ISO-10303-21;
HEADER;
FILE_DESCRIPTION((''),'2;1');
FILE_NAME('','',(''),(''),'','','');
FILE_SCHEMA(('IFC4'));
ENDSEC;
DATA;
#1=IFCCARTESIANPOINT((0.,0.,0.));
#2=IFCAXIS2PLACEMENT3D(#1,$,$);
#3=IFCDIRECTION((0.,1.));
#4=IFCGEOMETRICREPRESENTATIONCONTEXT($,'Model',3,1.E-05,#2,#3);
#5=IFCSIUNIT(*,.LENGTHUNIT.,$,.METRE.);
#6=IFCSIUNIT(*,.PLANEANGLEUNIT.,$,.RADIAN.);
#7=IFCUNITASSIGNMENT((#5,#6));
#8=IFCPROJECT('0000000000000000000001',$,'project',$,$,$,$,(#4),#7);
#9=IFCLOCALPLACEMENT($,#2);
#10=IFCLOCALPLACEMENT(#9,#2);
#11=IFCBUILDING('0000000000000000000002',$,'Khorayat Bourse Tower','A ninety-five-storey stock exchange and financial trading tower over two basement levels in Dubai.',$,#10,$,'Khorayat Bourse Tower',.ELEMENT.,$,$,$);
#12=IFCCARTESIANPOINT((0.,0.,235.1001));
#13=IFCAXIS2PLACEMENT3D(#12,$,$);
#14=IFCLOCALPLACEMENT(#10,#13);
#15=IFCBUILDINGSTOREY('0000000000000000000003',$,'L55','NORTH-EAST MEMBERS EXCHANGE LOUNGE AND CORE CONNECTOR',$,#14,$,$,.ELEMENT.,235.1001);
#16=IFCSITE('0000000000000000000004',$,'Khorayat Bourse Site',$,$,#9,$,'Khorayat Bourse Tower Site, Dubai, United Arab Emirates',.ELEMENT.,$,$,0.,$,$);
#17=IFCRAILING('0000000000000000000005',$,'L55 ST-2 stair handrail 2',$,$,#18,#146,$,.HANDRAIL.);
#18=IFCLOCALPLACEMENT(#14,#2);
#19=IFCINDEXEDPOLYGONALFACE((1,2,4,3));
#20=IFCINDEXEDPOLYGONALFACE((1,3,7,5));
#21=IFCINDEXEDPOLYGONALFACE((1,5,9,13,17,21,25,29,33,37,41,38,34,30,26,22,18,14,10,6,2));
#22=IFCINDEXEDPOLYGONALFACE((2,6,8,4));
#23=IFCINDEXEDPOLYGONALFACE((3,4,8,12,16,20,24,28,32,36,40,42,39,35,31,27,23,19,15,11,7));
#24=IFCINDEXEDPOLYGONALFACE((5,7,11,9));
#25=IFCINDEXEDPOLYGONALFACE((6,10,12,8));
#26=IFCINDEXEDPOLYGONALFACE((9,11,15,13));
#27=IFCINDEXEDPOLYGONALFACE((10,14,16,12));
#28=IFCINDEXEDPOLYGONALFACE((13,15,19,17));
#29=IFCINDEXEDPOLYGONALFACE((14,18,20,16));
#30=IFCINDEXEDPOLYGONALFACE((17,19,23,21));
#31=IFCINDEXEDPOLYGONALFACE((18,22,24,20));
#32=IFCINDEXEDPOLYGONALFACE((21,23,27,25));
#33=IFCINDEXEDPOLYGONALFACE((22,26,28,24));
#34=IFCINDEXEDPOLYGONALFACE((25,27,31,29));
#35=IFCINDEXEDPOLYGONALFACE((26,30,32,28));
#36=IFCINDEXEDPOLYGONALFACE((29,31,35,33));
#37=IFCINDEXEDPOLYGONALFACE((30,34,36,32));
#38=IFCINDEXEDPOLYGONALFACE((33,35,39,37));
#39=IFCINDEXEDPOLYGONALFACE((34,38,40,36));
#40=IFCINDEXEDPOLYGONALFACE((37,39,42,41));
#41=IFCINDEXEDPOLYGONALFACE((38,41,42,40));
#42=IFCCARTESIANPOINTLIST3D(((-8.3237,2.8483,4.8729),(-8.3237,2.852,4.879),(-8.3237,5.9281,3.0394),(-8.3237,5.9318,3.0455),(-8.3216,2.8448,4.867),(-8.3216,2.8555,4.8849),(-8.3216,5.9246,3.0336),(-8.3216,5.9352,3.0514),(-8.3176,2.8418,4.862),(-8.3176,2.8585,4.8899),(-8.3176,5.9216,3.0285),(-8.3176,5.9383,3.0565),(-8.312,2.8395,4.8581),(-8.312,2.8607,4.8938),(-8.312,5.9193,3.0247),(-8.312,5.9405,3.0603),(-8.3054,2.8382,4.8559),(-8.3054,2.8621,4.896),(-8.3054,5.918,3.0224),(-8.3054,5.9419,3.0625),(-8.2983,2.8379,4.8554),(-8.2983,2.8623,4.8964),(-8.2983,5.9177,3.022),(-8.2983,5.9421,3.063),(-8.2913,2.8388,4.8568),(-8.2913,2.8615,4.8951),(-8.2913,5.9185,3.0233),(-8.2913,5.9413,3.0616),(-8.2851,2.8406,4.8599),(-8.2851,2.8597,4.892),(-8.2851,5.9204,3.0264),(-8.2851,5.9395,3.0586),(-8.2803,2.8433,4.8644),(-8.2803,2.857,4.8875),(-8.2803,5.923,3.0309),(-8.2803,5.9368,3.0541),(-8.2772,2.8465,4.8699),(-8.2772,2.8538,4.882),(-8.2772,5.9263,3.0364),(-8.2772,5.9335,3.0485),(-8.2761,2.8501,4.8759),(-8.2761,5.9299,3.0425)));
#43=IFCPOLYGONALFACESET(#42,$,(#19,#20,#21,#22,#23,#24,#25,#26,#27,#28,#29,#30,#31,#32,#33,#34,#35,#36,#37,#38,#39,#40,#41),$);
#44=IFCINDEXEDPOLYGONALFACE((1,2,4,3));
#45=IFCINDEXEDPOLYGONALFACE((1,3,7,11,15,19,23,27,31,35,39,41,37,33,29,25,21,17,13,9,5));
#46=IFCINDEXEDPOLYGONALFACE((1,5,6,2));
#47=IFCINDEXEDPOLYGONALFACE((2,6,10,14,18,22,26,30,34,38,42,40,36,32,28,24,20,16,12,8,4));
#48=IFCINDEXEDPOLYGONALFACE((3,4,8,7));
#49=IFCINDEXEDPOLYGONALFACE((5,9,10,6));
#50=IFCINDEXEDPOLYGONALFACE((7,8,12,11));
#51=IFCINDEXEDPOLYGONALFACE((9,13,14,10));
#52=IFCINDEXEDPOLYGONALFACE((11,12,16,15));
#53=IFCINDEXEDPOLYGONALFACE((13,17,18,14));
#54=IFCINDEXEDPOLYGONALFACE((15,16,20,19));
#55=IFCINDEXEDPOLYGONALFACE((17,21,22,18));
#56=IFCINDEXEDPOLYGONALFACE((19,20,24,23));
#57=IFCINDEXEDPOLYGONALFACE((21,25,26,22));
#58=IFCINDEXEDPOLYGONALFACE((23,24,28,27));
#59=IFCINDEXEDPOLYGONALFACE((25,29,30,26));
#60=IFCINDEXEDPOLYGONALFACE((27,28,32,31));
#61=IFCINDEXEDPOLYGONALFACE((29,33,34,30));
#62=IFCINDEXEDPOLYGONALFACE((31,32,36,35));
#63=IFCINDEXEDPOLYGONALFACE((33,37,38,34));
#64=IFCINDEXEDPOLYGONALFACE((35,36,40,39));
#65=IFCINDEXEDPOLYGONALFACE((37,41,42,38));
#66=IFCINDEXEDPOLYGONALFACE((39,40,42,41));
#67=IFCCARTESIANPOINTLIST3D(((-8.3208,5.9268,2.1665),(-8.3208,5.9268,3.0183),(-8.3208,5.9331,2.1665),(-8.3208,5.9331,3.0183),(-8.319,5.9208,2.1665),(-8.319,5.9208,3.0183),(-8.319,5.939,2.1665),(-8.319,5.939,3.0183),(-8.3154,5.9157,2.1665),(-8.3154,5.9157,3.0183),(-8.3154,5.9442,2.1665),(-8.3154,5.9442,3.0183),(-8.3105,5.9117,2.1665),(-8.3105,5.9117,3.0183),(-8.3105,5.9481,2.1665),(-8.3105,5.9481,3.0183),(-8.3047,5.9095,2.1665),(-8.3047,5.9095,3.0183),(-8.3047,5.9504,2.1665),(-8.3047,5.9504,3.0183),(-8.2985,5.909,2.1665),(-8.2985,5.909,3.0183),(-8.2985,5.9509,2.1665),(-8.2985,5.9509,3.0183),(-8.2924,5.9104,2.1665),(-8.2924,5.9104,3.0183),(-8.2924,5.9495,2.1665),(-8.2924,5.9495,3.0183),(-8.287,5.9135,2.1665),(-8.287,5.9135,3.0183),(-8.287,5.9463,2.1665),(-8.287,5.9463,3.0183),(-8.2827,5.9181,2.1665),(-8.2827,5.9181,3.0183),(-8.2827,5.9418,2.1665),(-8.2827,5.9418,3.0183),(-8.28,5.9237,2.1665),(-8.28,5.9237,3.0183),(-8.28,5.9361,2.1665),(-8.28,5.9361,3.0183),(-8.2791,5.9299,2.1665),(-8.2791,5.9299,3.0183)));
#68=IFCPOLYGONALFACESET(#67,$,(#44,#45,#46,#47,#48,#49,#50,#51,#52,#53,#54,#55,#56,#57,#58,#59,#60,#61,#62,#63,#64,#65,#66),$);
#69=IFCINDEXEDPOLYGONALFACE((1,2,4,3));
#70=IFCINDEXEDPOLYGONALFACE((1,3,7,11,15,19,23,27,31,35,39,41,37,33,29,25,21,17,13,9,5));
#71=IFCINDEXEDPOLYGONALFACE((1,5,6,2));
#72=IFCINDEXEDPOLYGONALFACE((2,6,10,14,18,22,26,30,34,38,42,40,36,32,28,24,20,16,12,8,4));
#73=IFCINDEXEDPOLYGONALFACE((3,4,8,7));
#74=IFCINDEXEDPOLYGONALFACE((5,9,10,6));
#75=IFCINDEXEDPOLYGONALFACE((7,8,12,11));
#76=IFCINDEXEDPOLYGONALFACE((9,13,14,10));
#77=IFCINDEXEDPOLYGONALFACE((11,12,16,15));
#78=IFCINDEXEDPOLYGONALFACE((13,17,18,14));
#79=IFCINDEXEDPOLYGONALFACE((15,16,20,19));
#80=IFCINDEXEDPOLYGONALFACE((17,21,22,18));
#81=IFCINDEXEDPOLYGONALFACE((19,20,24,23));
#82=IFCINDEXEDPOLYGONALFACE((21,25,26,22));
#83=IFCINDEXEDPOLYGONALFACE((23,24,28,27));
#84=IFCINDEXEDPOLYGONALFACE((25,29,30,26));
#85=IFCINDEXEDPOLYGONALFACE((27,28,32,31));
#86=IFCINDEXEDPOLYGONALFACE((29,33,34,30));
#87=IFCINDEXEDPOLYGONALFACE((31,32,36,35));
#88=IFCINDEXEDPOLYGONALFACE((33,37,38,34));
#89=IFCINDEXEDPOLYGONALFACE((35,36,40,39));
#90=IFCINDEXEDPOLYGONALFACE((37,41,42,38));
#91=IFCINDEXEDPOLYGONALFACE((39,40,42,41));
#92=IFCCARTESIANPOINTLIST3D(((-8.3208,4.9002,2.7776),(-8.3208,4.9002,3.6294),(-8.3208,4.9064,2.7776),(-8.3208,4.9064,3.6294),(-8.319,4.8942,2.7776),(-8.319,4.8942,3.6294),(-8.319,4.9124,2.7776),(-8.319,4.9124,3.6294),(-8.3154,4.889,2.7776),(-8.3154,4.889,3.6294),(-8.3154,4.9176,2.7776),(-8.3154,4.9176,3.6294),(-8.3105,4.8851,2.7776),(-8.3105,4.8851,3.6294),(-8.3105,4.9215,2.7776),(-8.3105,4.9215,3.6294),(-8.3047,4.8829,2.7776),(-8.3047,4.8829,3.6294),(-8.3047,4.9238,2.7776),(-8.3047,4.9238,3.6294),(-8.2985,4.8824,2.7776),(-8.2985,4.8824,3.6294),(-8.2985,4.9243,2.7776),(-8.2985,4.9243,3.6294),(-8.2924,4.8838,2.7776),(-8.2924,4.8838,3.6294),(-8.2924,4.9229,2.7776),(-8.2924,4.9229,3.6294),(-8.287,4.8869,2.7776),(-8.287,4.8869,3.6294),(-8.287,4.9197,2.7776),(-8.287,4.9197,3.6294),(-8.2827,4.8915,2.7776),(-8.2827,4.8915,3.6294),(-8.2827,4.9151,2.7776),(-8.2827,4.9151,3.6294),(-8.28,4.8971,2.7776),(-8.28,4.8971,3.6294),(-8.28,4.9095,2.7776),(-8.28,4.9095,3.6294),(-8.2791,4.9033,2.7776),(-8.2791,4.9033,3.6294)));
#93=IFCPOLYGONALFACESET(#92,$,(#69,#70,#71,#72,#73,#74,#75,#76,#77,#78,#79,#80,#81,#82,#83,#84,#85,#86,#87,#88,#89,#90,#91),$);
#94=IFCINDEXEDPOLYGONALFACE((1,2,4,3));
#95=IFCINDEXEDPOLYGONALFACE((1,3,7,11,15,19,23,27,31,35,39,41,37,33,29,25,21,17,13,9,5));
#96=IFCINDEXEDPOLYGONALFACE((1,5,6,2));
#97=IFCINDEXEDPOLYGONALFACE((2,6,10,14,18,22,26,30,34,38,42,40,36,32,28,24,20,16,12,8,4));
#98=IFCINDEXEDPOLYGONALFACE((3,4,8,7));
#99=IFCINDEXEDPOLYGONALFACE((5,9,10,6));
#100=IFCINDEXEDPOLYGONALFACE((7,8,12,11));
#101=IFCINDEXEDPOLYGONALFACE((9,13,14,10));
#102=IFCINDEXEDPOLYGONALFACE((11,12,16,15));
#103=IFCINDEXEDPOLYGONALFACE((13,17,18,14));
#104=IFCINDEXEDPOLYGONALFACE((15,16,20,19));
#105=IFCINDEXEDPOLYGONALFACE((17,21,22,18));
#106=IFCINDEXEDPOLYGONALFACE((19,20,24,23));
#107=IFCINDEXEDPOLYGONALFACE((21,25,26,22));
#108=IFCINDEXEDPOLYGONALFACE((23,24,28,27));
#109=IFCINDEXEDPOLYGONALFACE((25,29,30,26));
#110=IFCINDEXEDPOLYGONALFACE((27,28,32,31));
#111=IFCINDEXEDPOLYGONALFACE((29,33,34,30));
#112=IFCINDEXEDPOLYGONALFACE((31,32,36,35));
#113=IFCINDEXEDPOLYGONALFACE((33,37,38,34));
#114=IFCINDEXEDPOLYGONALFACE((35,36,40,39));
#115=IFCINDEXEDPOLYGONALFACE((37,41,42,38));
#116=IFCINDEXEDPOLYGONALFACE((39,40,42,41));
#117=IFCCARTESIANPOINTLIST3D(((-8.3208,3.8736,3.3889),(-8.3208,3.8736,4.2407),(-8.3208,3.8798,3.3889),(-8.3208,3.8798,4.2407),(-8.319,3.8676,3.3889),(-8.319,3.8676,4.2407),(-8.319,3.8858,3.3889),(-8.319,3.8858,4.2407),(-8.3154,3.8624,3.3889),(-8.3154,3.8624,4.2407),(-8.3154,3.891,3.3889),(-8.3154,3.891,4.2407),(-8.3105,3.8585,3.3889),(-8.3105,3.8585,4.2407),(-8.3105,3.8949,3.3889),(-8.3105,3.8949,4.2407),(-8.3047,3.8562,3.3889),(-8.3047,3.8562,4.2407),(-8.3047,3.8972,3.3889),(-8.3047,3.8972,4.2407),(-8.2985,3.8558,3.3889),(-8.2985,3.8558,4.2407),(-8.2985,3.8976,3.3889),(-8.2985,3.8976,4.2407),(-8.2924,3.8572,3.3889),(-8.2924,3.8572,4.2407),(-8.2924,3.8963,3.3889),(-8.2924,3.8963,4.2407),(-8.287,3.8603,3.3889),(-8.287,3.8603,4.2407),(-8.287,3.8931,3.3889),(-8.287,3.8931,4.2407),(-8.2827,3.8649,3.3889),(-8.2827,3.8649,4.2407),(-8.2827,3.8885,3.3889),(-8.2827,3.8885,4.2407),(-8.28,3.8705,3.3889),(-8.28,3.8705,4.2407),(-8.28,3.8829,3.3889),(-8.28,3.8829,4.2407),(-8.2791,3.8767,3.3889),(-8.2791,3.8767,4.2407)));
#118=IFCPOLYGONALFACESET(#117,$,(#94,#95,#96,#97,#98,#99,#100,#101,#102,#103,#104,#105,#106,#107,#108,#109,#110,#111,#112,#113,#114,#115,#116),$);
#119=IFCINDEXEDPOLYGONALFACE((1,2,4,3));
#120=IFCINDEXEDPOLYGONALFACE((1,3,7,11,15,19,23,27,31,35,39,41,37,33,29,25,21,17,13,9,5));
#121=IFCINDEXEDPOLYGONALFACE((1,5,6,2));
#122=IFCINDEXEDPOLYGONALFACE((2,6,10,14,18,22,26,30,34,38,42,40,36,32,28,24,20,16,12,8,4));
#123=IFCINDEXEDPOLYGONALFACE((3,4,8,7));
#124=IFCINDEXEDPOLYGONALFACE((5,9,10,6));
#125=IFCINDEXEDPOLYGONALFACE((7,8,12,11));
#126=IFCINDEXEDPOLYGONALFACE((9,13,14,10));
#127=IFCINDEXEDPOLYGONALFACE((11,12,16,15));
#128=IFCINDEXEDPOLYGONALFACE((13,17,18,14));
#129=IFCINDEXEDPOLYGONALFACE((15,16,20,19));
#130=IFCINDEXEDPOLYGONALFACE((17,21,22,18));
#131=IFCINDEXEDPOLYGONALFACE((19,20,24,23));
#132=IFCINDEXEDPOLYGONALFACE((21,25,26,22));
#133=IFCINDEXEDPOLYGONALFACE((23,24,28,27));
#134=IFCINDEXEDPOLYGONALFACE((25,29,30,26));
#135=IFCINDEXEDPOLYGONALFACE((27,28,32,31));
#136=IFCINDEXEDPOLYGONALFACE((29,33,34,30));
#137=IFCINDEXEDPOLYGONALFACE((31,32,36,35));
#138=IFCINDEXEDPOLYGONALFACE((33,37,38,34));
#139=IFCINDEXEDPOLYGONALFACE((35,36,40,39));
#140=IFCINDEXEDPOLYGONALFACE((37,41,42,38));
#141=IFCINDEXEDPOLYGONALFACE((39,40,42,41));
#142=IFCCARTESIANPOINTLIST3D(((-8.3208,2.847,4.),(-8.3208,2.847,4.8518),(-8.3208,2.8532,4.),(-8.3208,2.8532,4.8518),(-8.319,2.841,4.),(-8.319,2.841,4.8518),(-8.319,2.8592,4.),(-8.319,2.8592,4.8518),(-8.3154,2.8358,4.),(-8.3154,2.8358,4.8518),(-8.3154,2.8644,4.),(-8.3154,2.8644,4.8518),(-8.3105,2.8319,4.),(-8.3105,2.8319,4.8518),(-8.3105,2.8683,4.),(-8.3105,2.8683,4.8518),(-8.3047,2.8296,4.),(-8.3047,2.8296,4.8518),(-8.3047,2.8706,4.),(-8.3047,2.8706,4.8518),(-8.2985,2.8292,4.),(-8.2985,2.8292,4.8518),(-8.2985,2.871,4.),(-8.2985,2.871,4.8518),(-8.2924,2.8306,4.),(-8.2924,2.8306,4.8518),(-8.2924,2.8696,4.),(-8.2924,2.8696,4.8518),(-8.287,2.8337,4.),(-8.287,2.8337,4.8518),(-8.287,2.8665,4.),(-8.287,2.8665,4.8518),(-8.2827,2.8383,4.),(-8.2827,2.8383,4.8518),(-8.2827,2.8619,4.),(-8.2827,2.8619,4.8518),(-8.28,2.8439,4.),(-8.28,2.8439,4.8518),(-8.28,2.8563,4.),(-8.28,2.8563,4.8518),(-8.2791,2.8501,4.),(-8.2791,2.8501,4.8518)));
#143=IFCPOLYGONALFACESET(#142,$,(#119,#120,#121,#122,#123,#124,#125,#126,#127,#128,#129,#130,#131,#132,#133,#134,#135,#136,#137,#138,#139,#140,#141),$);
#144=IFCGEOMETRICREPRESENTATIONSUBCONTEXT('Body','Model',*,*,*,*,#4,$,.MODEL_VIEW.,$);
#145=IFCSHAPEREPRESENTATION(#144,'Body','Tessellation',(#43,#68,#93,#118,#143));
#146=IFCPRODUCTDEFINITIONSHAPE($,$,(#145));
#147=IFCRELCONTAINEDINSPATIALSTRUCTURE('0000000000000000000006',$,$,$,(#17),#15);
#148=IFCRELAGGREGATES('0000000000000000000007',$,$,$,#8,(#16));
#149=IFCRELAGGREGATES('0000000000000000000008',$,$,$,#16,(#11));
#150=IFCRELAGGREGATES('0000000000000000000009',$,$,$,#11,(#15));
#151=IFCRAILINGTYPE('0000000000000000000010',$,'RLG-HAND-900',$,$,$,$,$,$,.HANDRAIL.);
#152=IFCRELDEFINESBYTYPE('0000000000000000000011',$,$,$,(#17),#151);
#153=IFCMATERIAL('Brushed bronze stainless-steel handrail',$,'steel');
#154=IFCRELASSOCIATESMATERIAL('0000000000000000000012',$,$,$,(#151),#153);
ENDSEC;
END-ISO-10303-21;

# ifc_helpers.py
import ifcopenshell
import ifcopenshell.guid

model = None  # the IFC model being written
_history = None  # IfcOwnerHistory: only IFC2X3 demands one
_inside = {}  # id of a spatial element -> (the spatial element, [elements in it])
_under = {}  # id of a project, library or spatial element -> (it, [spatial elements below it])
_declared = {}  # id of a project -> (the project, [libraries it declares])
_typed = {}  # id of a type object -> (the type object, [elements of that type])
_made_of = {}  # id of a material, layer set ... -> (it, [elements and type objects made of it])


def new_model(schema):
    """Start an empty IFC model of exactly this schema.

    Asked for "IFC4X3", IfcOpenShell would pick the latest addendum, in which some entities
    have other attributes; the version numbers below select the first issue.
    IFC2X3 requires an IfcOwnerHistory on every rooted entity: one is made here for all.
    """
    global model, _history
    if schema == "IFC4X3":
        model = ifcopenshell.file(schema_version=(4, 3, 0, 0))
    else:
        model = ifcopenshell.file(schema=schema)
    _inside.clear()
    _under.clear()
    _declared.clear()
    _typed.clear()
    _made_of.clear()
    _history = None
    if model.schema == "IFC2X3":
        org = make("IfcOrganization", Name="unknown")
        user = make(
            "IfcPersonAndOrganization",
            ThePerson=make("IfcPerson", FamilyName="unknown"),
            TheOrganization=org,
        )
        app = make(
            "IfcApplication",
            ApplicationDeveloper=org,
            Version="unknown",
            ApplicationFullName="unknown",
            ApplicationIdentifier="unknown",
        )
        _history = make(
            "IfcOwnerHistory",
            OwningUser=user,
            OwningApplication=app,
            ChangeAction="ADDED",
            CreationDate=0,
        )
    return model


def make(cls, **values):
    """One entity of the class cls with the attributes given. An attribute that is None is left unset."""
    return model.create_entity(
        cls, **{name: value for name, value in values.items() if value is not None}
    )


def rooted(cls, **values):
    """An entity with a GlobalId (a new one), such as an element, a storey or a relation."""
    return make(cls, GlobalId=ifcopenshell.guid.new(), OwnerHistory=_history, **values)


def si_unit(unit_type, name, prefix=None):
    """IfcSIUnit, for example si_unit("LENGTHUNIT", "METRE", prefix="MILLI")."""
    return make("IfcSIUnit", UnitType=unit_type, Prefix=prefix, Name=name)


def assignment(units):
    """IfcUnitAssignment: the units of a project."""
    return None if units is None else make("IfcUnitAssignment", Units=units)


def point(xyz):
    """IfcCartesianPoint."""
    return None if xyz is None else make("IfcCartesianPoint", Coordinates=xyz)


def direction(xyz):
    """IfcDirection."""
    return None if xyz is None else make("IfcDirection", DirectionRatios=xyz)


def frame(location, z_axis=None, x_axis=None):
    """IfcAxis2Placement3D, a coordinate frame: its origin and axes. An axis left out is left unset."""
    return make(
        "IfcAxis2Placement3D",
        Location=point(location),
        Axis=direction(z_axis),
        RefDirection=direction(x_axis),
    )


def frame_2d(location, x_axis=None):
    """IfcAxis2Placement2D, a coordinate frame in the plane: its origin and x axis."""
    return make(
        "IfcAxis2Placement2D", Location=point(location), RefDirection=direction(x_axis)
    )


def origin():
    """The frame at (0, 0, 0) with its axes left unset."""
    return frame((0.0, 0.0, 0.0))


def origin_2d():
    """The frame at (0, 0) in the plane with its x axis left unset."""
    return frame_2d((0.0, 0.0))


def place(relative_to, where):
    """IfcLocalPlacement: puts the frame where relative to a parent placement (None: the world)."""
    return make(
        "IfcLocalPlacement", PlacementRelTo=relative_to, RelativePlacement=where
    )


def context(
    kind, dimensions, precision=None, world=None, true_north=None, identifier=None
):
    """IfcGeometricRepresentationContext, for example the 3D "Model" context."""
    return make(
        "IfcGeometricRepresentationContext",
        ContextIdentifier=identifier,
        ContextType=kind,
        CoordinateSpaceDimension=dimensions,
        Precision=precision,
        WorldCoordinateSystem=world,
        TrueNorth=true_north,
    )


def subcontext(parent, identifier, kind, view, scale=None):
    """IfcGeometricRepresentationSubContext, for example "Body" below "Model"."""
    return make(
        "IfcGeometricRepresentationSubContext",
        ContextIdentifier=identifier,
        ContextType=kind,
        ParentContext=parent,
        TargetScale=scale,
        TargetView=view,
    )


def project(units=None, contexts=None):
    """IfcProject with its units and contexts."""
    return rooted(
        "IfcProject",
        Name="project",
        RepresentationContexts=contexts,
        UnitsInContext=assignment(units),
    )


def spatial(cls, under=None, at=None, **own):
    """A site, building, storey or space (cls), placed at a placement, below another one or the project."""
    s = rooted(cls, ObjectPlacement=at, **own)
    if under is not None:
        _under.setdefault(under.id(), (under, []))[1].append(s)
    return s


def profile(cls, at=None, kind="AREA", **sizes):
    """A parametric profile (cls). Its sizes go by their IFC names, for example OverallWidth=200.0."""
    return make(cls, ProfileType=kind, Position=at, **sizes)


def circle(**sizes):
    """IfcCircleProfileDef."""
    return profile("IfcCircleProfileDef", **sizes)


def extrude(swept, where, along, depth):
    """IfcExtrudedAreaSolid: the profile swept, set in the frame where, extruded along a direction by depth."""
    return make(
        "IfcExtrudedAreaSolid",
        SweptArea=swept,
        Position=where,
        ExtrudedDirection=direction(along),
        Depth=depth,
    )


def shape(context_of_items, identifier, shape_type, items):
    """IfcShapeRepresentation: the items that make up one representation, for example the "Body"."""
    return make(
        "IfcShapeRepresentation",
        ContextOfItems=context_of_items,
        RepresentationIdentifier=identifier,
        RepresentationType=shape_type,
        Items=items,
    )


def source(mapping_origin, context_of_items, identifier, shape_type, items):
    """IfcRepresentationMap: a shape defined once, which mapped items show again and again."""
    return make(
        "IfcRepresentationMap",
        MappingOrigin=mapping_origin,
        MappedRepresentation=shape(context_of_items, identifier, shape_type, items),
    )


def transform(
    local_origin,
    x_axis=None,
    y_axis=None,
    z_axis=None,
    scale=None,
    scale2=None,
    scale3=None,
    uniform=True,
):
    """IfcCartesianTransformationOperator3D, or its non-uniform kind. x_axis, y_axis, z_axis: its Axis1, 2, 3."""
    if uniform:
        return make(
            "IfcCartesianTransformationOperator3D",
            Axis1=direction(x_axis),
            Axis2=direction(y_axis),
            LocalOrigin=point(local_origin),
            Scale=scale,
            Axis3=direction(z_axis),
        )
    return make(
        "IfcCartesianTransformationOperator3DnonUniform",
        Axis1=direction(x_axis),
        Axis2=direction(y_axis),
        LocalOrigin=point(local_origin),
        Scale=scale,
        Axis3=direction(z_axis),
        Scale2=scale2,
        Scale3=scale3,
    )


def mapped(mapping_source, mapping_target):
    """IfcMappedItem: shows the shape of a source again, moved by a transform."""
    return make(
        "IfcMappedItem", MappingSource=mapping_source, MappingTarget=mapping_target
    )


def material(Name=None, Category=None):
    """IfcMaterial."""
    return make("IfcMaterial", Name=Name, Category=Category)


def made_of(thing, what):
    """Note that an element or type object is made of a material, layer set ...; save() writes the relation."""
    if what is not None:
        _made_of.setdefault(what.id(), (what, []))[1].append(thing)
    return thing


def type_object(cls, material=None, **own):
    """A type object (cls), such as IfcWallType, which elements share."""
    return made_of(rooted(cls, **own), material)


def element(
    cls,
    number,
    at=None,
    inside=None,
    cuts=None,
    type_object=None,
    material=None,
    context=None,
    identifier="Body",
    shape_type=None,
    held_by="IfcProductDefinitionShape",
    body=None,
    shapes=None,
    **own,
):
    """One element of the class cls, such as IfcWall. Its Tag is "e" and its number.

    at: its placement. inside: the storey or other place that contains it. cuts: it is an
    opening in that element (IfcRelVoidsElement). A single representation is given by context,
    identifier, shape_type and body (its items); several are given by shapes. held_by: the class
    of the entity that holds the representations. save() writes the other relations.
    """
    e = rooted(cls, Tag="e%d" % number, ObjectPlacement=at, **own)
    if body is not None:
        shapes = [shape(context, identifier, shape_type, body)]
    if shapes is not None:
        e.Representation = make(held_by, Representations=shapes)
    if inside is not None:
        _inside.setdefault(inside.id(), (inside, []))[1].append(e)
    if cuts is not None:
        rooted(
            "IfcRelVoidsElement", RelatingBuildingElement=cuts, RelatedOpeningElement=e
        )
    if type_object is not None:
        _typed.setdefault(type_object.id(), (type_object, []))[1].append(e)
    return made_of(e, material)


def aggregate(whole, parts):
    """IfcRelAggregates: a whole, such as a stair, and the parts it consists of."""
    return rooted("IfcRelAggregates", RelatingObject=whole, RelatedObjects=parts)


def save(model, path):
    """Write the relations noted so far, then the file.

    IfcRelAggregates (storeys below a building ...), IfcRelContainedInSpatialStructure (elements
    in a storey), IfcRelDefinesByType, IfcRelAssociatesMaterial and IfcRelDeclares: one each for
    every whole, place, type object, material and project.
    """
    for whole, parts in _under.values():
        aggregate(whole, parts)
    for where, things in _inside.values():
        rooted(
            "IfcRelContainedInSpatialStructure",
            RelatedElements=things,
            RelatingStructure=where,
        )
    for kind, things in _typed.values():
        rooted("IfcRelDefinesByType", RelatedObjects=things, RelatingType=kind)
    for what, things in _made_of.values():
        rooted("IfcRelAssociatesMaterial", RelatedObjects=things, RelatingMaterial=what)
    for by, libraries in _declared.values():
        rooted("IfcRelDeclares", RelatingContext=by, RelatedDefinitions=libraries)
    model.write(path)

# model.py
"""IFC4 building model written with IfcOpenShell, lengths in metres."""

from ifc_helpers import new_model, si_unit, direction, frame, origin, origin_2d, place, context, subcontext, project, spatial, circle, extrude, source, transform, mapped, material, type_object, element, save


model = new_model("IFC4")

# Units and contexts
model_context = context("Model", 3, precision=1e-05, world=origin(), true_north=direction((0.0, 1.0)))
body_context = subcontext(model_context, "Body", "Model", "MODEL_VIEW")
ifc_project = project(units=[si_unit("LENGTHUNIT", "METRE"), si_unit("PLANEANGLEUNIT", "RADIAN")], contexts=[model_context])

# Site, building, storey
site_placement = place(None, origin())
site = spatial("IfcSite", under=ifc_project, at=site_placement, Name="Khorayat Bourse Site", LongName="Khorayat Bourse Tower Site, Dubai, United Arab Emirates", CompositionType="ELEMENT", RefElevation=0.0)
building_placement = place(site_placement, origin())
building = spatial("IfcBuilding", under=site, at=building_placement, Name="Khorayat Bourse Tower", Description="A ninety-five-storey stock exchange and financial trading tower over two basement levels in Dubai.", LongName="Khorayat Bourse Tower", CompositionType="ELEMENT")
storey_placement = place(building_placement, frame((0.0, 0.0, 235.1001)))
storey = spatial("IfcBuildingStorey", under=building, at=storey_placement, Name="L55", Description="NORTH-EAST MEMBERS EXCHANGE LOUNGE AND CORE CONNECTOR", CompositionType="ELEMENT", Elevation=235.1001)

# Railing
ifc_material_1 = material(Name="Brushed bronze stainless-steel handrail", Category="steel")
railing_type_1 = type_object("IfcRailingType", Name="RLG-HAND-900", PredefinedType="HANDRAIL", material=ifc_material_1)
shared_shape_1 = source(origin(), body_context, "Body", "SweptSolid", [
    extrude(circle(Radius=0.0239, at=origin_2d()), frame((0.0, 0.0, 0.876), z_axis=(0.0, -0.859261, 0.511538), x_axis=(1.0, 0.0, 0.0)), (0.0, 0.0, 1.0), 3.5842),
    extrude(circle(Radius=0.021, at=origin_2d()), origin(), (0.0, 0.0, 1.0), 0.8518),
    extrude(circle(Radius=0.021, at=origin_2d()), frame((0.0, -1.0266, 0.6111)), (0.0, 0.0, 1.0), 0.8518),
    extrude(circle(Radius=0.021, at=origin_2d()), frame((0.0, -2.0532, 1.2224)), (0.0, 0.0, 1.0), 0.8518),
    extrude(circle(Radius=0.021, at=origin_2d()), frame((0.0, -3.0798, 1.8335)), (0.0, 0.0, 1.0), 0.8518),
])
railing_1_placement = place(storey_placement, frame((-8.3, 5.9299, 2.1665)))
element("IfcRailing", 1, at=railing_1_placement, inside=storey, type_object=railing_type_1, Name="L55 ST-2 stair handrail 2", PredefinedType="HANDRAIL", context=body_context, shape_type="MappedRepresentation", body=[
    mapped(shared_shape_1, transform((0.0, 0.0, 0.0), scale=1.0)),
])

save(model, "model.ifc")
